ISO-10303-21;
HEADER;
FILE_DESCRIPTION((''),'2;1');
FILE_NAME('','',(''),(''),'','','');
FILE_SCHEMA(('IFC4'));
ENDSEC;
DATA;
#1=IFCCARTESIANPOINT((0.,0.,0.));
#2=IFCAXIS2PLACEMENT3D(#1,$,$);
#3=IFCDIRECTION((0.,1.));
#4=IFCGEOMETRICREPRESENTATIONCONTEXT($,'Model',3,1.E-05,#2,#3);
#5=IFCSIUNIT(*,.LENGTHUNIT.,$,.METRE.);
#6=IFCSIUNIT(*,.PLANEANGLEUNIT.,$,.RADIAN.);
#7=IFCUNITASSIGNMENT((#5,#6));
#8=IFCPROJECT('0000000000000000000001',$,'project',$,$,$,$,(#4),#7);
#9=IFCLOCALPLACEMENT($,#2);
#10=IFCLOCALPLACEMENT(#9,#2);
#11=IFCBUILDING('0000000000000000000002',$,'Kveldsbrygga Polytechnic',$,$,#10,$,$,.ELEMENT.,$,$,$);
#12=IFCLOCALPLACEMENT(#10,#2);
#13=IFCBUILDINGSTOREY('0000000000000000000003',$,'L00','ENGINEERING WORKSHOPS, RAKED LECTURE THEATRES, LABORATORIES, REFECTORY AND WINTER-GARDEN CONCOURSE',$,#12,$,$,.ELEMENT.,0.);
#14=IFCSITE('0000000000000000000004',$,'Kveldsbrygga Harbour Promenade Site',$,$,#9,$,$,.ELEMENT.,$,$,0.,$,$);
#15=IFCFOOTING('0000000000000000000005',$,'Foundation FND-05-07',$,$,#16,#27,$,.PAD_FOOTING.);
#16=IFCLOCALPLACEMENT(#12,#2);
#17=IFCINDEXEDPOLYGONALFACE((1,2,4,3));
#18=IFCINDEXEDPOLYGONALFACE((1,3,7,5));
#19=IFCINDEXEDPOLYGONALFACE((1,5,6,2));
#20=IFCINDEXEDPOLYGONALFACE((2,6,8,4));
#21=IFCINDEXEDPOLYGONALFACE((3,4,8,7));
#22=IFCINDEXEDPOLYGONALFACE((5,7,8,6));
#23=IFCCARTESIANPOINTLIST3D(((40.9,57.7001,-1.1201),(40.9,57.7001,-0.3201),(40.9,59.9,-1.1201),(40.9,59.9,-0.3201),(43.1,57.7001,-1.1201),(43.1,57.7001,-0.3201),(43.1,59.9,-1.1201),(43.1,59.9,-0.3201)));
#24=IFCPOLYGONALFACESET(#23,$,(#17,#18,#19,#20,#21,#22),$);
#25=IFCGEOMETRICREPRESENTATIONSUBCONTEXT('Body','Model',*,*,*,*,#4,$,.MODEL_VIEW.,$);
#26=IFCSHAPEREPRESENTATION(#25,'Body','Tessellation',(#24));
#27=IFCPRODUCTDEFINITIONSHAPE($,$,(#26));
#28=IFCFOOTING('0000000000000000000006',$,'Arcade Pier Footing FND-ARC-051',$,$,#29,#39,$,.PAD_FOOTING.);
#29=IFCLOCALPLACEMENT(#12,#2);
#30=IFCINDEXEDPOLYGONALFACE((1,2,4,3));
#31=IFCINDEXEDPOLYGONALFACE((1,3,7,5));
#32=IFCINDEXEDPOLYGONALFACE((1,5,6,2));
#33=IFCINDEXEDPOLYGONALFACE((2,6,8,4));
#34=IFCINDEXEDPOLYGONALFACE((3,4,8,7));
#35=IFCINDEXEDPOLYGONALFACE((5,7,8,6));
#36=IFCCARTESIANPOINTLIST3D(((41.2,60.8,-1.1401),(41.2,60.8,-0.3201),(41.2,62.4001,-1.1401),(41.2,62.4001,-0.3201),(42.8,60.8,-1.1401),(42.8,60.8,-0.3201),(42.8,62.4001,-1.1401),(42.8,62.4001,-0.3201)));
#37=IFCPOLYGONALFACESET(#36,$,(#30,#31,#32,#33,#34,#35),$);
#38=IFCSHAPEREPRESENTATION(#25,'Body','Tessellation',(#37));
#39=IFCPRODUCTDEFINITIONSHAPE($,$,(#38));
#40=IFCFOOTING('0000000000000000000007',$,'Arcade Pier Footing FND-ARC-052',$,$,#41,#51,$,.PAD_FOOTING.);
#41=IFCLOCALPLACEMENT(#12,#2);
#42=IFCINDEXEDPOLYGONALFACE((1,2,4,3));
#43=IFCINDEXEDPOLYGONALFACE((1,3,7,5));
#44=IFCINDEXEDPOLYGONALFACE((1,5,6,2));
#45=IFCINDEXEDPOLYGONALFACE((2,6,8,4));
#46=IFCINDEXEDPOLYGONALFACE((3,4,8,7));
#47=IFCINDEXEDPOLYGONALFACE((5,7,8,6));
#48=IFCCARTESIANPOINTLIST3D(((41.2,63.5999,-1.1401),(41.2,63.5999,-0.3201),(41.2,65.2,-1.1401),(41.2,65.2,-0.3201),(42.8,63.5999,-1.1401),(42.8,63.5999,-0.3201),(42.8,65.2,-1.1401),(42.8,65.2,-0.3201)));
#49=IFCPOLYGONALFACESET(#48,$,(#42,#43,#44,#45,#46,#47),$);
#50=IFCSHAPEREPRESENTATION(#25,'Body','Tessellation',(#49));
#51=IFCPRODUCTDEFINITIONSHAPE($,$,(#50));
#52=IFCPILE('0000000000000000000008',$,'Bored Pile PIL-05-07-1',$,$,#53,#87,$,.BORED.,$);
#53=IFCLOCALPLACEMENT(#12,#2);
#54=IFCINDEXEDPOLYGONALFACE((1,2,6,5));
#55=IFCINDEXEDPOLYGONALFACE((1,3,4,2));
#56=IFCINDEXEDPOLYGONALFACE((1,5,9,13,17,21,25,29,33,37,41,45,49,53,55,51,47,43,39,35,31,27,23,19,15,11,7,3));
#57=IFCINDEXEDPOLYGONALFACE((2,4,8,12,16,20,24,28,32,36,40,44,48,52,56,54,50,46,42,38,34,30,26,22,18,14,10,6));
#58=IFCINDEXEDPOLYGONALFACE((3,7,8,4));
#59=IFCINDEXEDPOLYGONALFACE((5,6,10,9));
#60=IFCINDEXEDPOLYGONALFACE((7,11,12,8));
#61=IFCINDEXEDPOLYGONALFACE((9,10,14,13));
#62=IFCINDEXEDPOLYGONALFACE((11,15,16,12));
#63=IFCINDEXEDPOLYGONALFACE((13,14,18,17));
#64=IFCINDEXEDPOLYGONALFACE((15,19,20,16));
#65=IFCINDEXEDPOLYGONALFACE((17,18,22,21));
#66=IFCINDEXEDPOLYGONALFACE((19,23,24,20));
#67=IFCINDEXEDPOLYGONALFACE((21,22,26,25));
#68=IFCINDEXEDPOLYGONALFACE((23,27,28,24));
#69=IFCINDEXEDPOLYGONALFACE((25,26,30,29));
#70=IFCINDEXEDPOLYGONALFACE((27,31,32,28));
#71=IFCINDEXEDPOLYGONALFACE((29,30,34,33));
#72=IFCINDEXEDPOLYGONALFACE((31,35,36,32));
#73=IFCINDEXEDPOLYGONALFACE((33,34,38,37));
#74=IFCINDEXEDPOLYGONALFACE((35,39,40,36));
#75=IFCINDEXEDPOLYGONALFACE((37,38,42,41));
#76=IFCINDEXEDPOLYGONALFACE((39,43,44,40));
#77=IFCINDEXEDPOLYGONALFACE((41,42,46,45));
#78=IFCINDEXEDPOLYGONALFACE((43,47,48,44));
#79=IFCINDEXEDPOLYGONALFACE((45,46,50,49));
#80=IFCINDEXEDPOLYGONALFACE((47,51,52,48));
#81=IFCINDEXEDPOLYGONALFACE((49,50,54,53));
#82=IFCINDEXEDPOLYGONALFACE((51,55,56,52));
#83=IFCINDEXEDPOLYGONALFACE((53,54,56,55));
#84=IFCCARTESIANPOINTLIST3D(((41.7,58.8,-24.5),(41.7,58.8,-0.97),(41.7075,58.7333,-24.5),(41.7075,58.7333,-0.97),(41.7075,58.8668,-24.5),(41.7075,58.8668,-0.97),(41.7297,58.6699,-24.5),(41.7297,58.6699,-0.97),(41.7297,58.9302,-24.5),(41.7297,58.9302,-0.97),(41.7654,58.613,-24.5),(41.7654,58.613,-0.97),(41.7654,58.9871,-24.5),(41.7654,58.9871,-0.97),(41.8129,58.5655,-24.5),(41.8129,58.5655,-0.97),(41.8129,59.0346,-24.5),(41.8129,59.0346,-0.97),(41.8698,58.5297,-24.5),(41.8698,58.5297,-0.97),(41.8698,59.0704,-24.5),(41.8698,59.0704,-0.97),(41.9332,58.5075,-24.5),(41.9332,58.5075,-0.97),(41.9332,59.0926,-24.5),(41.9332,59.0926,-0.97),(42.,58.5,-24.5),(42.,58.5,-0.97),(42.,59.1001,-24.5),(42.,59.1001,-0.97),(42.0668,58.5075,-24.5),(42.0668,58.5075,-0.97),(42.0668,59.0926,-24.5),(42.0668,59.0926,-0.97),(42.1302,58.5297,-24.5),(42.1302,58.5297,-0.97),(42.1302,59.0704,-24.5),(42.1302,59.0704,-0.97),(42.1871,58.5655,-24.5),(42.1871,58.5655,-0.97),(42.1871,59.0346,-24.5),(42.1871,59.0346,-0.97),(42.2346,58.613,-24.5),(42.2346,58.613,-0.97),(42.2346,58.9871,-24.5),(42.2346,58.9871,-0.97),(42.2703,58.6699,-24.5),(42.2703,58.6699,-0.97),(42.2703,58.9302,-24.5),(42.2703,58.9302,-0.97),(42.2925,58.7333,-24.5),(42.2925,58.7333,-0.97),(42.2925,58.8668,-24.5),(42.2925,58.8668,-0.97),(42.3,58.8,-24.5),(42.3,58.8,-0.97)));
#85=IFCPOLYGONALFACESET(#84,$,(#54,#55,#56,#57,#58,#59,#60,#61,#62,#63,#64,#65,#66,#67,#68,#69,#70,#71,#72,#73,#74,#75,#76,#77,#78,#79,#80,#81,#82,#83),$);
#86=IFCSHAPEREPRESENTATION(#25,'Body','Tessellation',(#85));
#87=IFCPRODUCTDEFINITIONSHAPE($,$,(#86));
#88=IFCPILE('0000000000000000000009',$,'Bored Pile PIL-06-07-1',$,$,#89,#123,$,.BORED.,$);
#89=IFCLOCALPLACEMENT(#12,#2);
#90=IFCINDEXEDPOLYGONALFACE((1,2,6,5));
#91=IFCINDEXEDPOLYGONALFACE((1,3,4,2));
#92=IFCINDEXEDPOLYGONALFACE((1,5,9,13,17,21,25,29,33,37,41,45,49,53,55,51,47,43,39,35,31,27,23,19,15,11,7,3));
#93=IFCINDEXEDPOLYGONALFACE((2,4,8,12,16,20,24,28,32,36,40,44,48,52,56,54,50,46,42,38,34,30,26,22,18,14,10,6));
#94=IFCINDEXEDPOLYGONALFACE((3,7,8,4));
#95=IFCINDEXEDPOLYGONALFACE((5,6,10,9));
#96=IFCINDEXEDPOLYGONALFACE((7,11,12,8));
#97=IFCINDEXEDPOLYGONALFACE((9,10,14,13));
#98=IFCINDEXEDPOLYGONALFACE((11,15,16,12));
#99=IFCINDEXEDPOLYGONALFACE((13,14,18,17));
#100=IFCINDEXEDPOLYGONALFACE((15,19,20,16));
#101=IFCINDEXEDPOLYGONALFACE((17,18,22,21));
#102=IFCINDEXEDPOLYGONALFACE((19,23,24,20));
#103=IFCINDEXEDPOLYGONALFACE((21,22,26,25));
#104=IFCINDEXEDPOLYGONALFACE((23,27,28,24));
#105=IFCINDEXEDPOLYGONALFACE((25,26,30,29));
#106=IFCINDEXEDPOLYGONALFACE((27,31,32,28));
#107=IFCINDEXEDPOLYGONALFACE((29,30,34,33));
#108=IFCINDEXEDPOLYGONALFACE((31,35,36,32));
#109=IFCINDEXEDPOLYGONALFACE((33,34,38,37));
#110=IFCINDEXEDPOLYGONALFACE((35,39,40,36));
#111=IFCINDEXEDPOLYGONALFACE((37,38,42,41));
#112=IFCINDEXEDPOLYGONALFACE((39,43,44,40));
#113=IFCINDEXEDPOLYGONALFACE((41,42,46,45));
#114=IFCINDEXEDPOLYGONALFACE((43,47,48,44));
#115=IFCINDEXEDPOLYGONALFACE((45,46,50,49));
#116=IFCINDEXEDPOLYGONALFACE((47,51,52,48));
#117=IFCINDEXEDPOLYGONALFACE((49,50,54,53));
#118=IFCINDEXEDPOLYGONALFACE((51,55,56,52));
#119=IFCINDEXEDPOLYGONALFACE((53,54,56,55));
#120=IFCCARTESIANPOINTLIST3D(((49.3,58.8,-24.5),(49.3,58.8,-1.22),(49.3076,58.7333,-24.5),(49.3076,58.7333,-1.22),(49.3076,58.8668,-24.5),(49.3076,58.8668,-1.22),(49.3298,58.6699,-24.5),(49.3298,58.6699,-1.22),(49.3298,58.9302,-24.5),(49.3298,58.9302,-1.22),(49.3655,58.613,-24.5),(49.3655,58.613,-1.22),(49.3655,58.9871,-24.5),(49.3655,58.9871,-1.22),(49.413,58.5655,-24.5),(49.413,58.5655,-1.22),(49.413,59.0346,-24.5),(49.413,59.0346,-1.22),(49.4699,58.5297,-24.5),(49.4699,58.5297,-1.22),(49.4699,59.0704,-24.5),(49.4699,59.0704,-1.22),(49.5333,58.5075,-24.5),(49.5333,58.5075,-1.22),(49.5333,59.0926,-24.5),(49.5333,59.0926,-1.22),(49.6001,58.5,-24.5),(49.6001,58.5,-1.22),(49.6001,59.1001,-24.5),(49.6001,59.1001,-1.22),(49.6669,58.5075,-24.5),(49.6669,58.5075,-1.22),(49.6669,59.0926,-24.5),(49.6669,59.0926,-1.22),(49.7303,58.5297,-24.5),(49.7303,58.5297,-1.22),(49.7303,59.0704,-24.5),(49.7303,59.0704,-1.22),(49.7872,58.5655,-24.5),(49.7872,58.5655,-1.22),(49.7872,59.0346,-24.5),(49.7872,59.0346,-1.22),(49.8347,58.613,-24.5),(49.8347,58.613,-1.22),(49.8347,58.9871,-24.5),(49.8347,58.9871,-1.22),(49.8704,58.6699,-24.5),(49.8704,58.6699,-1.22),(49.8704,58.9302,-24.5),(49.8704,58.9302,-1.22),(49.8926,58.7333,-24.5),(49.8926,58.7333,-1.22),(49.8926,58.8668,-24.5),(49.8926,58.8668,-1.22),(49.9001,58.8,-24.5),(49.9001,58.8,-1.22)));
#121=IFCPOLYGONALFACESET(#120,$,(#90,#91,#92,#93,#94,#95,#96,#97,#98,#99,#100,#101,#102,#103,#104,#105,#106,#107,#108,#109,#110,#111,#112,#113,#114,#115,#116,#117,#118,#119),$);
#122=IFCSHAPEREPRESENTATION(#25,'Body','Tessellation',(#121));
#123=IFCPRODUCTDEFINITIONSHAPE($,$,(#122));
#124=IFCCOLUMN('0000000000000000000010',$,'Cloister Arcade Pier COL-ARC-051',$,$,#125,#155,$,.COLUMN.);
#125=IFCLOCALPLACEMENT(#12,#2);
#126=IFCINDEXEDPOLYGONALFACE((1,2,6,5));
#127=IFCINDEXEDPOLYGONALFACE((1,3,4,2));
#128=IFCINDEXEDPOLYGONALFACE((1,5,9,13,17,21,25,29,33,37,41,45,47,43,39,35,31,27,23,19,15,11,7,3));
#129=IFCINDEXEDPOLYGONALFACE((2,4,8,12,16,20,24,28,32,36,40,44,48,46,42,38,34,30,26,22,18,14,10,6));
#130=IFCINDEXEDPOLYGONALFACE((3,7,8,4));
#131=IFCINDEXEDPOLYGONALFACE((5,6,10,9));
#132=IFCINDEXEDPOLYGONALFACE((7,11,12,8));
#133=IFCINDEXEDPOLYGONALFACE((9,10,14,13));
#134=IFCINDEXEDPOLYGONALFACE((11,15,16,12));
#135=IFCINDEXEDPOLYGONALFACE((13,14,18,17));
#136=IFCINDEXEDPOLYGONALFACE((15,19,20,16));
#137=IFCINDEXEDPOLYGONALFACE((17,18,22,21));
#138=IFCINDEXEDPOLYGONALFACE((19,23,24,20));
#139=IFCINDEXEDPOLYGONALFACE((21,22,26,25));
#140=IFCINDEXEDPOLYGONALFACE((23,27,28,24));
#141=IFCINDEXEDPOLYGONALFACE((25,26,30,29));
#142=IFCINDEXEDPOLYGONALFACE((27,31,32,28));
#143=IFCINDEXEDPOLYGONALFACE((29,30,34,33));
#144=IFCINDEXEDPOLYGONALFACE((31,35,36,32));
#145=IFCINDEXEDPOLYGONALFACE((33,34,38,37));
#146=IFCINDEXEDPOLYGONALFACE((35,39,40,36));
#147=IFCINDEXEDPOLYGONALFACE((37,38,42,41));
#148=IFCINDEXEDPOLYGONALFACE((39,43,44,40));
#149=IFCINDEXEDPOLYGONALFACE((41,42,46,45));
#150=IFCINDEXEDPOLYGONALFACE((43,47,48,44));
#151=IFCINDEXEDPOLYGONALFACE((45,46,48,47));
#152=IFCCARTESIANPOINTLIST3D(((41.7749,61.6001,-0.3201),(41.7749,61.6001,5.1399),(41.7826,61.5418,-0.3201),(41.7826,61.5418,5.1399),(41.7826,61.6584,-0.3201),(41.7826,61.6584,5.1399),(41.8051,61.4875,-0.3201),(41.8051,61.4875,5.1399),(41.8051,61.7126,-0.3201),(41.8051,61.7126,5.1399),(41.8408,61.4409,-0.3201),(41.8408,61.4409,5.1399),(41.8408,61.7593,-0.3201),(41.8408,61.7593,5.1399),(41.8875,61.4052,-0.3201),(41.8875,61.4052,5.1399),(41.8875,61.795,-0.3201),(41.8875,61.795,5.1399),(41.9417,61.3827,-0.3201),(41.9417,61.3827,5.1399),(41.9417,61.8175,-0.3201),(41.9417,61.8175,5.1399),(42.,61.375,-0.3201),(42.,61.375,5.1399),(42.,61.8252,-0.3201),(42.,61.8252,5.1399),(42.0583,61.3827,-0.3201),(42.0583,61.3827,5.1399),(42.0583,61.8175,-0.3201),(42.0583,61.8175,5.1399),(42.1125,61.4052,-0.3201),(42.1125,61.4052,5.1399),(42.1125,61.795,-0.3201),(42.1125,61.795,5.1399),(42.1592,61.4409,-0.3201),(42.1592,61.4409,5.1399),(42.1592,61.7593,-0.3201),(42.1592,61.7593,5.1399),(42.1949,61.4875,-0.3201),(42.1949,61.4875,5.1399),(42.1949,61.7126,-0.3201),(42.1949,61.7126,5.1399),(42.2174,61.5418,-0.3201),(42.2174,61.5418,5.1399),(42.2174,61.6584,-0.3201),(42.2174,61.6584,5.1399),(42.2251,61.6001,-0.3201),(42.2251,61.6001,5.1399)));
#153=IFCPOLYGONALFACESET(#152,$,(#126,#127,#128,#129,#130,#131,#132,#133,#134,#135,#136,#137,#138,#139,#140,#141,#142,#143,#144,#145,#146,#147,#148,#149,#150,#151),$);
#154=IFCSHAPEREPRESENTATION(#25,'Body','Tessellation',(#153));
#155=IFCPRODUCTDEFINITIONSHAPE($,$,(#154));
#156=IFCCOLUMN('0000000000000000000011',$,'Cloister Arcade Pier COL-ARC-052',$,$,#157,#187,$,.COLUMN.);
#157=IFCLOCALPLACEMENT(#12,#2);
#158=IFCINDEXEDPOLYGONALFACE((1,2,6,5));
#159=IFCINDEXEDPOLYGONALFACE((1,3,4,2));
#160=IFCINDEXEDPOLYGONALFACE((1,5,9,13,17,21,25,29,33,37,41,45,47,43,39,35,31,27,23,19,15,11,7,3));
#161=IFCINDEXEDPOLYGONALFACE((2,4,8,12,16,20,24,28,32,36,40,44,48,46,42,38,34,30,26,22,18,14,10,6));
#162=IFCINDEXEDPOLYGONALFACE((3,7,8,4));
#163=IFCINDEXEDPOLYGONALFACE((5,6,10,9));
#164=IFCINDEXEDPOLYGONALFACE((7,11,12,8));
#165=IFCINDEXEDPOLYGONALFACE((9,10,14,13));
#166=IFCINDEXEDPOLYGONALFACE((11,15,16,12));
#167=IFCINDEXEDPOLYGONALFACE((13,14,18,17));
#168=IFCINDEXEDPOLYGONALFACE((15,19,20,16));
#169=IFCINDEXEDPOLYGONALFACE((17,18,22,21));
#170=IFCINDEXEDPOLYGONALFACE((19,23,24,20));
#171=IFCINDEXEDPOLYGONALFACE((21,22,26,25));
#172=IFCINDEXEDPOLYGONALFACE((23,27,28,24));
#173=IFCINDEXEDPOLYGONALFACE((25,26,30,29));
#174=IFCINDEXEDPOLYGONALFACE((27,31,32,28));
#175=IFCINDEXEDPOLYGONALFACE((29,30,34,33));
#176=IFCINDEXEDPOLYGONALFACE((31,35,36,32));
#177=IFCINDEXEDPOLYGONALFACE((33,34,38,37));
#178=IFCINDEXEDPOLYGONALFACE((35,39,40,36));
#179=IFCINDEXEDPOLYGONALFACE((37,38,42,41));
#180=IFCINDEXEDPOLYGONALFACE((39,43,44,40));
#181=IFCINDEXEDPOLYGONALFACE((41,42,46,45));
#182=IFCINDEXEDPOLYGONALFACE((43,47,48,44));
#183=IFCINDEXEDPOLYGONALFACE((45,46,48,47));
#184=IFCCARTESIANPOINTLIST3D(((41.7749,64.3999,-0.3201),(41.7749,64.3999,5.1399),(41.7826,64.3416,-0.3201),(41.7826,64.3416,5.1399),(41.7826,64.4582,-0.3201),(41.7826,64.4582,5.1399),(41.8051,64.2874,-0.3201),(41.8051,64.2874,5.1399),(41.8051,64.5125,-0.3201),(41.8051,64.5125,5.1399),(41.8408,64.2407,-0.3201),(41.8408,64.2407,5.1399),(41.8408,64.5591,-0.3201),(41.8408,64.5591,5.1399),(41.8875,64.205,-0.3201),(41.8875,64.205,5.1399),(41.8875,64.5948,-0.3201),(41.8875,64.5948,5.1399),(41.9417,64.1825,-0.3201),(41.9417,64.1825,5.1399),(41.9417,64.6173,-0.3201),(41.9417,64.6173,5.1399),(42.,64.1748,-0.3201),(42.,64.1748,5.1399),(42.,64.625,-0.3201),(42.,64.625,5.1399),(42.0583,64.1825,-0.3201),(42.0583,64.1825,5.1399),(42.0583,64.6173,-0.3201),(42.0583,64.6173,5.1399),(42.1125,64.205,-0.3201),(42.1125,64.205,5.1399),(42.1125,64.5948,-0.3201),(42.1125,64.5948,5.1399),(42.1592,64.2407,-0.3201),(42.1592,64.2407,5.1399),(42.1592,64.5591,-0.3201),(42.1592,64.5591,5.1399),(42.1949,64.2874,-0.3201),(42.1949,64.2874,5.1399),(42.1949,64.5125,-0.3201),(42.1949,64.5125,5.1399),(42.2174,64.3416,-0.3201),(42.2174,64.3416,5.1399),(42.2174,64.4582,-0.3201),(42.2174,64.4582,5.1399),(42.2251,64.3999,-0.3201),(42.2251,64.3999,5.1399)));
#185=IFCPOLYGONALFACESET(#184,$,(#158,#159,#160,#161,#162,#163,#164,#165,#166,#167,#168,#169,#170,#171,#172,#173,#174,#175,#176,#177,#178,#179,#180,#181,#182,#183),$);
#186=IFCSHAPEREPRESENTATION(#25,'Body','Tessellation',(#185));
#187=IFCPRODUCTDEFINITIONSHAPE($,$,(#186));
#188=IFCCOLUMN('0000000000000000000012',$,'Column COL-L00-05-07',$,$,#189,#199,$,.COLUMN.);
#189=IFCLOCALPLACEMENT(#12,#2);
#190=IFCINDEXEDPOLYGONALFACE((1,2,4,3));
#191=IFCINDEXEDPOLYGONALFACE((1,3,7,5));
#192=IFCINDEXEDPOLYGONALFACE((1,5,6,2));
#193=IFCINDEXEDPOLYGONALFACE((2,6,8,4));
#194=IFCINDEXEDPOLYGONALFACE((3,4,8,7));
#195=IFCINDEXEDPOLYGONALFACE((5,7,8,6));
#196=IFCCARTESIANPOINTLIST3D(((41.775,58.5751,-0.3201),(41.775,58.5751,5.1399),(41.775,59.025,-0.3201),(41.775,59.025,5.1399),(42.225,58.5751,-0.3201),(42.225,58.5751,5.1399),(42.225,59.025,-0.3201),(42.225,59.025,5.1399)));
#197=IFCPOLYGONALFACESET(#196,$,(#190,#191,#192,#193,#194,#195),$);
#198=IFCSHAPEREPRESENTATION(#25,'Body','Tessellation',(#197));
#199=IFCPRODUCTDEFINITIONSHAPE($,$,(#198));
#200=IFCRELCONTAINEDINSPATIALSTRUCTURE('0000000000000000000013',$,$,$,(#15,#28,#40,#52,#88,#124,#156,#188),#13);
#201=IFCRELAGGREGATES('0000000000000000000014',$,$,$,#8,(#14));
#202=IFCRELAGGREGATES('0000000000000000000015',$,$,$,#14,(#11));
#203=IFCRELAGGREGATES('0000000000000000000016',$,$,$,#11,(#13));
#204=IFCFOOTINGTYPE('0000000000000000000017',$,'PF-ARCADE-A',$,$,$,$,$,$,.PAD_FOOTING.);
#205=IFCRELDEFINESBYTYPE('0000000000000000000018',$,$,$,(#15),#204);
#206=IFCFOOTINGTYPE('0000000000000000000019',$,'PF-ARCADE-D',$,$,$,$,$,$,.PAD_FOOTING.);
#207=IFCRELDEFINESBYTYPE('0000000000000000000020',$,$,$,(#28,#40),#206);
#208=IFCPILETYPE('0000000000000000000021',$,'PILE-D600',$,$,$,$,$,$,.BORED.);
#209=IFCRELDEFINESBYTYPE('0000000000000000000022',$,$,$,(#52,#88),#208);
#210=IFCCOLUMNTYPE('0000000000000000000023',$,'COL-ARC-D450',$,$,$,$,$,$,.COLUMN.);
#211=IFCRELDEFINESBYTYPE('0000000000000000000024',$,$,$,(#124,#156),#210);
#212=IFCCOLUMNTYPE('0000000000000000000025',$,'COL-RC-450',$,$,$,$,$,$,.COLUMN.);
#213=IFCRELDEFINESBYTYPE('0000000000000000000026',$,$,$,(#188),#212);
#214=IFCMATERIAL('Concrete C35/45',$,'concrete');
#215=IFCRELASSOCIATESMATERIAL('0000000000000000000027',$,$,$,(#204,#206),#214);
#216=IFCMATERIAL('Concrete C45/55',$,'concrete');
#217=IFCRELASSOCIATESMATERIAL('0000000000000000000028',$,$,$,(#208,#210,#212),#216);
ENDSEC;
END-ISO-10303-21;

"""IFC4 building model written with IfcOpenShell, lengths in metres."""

from ifc_helpers import new_model, si_unit, direction, frame, origin, origin_2d, place, context, subcontext, project, spatial, rectangle, circle, extrude, material, material_profile, profile_set, type_object, element, save


model = new_model("IFC4")

# Units and contexts
model_context = context("Model", 3, precision=1e-05, world=origin(), true_north=direction((0.0, 1.0)))
body_context = subcontext(model_context, "Body", "Model", "MODEL_VIEW")
ifc_project = project(units=[si_unit("LENGTHUNIT", "METRE"), si_unit("PLANEANGLEUNIT", "RADIAN")], contexts=[model_context])

# Site, building, storey
site_placement = place(None, origin())
site = spatial("IfcSite", under=ifc_project, at=site_placement, Name="Kveldsbrygga Harbour Promenade Site", CompositionType="ELEMENT", RefElevation=0.0)
building_placement = place(site_placement, origin())
building = spatial("IfcBuilding", under=site, at=building_placement, Name="Kveldsbrygga Polytechnic", CompositionType="ELEMENT")
storey_placement = place(building_placement, origin())
storey = spatial("IfcBuildingStorey", under=building, at=storey_placement, Name="L00", Description="ENGINEERING WORKSHOPS, RAKED LECTURE THEATRES, LABORATORIES, REFECTORY AND WINTER-GARDEN CONCOURSE", CompositionType="ELEMENT", Elevation=0.0)

# Footings
ifc_material_1 = material(Name="Concrete C35/45", Category="concrete")
footing_type_1 = type_object("IfcFootingType", Name="PF-ARCADE-A", PredefinedType="PAD_FOOTING", material=ifc_material_1)
footing_placement = place(storey_placement, frame((42.0, 58.8, -1.1201), z_axis=(0.0, 0.0, 1.0), x_axis=(1.0, 0.0, 0.0)))
element("IfcFooting", 1, at=footing_placement, inside=storey, type_object=footing_type_1, Name="Foundation FND-05-07", PredefinedType="PAD_FOOTING", context=body_context, shape_type="SweptSolid", body=[
    extrude(rectangle(XDim=2.2, YDim=2.2, at=origin_2d()), origin(), (0.0, 0.0, 1.0), 0.8),
])
footing_type_2 = type_object("IfcFootingType", Name="PF-ARCADE-D", PredefinedType="PAD_FOOTING", material=ifc_material_1)
for number, where, z_axis, x_axis, name in (
    (2, (42.0, 61.6001, -1.1401), (0.0, 0.0, 1.0), (1.0, 0.0, 0.0), "Arcade Pier Footing FND-ARC-051"),
    (3, (42.0, 64.3999, -1.1401), (0.0, 0.0, 1.0), (1.0, 0.0, 0.0), "Arcade Pier Footing FND-ARC-052"),
):
    element("IfcFooting", number, at=place(storey_placement, frame(where, z_axis=z_axis, x_axis=x_axis)), inside=storey, type_object=footing_type_2, Name=name, PredefinedType="PAD_FOOTING", context=body_context, shape_type="SweptSolid", body=[
        extrude(rectangle(XDim=1.6001, YDim=1.6001, at=origin_2d()), origin(), (0.0, 0.0, 1.0), 0.8201),
    ])

# Piles
ifc_material_2 = material(Name="Concrete C45/55", Category="concrete")
ifc_material_profile_1 = material_profile(ifc_material_2, circle(Radius=0.3, at=origin_2d()), Name="PILE D600")
ifc_profile_set_1 = profile_set([ifc_material_profile_1], Name="Concrete C45/55")
pile_type = type_object("IfcPileType", Name="PILE-D600", PredefinedType="BORED", material=ifc_profile_set_1)
pile_1_placement = place(storey_placement, frame((42.0, 58.8, -0.97), z_axis=(0.0, 0.0, -1.0), x_axis=(1.0, 0.0, 0.0)))
element("IfcPile", 4, at=pile_1_placement, inside=storey, type_object=pile_type, Name="Bored Pile PIL-05-07-1", PredefinedType="BORED", context=body_context, shape_type="SweptSolid", body=[
    extrude(circle(Radius=0.3, at=origin_2d()), origin(), (0.0, 0.0, 1.0), 23.53),
])
pile_2_placement = place(storey_placement, frame((49.6001, 58.8, -1.22), z_axis=(0.0, 0.0, -1.0), x_axis=(1.0, 0.0, 0.0)))
element("IfcPile", 5, at=pile_2_placement, inside=storey, type_object=pile_type, Name="Bored Pile PIL-06-07-1", PredefinedType="BORED", context=body_context, shape_type="SweptSolid", body=[
    extrude(circle(Radius=0.3, at=origin_2d()), origin(), (0.0, 0.0, 1.0), 23.28),
])

# Columns
ifc_material_profile_2 = material_profile(ifc_material_2, circle(Radius=0.2251, at=origin_2d()), Name="RC D450")
ifc_profile_set_2 = profile_set([ifc_material_profile_2], Name="Concrete C45/55")
column_type_1 = type_object("IfcColumnType", Name="COL-ARC-D450", PredefinedType="COLUMN", material=ifc_profile_set_2)
for number, where, z_axis, x_axis, name in (
    (6, (42.0, 61.6001, -0.3201), (0.0, 0.0, 1.0), (1.0, 0.0, 0.0), "Cloister Arcade Pier COL-ARC-051"),
    (7, (42.0, 64.3999, -0.3201), (0.0, 0.0, 1.0), (1.0, 0.0, 0.0), "Cloister Arcade Pier COL-ARC-052"),
):
    element("IfcColumn", number, at=place(storey_placement, frame(where, z_axis=z_axis, x_axis=x_axis)), inside=storey, type_object=column_type_1, Name=name, PredefinedType="COLUMN", context=body_context, shape_type="SweptSolid", body=[
        extrude(circle(Radius=0.2251, at=origin_2d()), origin(), (0.0, 0.0, 1.0), 5.46),
    ])
ifc_material_profile_3 = material_profile(ifc_material_2, rectangle(XDim=0.45, YDim=0.45, at=origin_2d()), Name="RC 450x450")
ifc_profile_set_3 = profile_set([ifc_material_profile_3], Name="Concrete C45/55")
column_type_2 = type_object("IfcColumnType", Name="COL-RC-450", PredefinedType="COLUMN", material=ifc_profile_set_3)
column_placement = place(storey_placement, frame((42.0, 58.8, -0.3201), z_axis=(0.0, 0.0, 1.0), x_axis=(1.0, 0.0, 0.0)))
element("IfcColumn", 8, at=column_placement, inside=storey, type_object=column_type_2, Name="Column COL-L00-05-07", PredefinedType="COLUMN", context=body_context, shape_type="SweptSolid", body=[
    extrude(rectangle(XDim=0.45, YDim=0.45, at=origin_2d()), origin(), (0.0, 0.0, 1.0), 5.46),
])

save(model, "model.ifc")
